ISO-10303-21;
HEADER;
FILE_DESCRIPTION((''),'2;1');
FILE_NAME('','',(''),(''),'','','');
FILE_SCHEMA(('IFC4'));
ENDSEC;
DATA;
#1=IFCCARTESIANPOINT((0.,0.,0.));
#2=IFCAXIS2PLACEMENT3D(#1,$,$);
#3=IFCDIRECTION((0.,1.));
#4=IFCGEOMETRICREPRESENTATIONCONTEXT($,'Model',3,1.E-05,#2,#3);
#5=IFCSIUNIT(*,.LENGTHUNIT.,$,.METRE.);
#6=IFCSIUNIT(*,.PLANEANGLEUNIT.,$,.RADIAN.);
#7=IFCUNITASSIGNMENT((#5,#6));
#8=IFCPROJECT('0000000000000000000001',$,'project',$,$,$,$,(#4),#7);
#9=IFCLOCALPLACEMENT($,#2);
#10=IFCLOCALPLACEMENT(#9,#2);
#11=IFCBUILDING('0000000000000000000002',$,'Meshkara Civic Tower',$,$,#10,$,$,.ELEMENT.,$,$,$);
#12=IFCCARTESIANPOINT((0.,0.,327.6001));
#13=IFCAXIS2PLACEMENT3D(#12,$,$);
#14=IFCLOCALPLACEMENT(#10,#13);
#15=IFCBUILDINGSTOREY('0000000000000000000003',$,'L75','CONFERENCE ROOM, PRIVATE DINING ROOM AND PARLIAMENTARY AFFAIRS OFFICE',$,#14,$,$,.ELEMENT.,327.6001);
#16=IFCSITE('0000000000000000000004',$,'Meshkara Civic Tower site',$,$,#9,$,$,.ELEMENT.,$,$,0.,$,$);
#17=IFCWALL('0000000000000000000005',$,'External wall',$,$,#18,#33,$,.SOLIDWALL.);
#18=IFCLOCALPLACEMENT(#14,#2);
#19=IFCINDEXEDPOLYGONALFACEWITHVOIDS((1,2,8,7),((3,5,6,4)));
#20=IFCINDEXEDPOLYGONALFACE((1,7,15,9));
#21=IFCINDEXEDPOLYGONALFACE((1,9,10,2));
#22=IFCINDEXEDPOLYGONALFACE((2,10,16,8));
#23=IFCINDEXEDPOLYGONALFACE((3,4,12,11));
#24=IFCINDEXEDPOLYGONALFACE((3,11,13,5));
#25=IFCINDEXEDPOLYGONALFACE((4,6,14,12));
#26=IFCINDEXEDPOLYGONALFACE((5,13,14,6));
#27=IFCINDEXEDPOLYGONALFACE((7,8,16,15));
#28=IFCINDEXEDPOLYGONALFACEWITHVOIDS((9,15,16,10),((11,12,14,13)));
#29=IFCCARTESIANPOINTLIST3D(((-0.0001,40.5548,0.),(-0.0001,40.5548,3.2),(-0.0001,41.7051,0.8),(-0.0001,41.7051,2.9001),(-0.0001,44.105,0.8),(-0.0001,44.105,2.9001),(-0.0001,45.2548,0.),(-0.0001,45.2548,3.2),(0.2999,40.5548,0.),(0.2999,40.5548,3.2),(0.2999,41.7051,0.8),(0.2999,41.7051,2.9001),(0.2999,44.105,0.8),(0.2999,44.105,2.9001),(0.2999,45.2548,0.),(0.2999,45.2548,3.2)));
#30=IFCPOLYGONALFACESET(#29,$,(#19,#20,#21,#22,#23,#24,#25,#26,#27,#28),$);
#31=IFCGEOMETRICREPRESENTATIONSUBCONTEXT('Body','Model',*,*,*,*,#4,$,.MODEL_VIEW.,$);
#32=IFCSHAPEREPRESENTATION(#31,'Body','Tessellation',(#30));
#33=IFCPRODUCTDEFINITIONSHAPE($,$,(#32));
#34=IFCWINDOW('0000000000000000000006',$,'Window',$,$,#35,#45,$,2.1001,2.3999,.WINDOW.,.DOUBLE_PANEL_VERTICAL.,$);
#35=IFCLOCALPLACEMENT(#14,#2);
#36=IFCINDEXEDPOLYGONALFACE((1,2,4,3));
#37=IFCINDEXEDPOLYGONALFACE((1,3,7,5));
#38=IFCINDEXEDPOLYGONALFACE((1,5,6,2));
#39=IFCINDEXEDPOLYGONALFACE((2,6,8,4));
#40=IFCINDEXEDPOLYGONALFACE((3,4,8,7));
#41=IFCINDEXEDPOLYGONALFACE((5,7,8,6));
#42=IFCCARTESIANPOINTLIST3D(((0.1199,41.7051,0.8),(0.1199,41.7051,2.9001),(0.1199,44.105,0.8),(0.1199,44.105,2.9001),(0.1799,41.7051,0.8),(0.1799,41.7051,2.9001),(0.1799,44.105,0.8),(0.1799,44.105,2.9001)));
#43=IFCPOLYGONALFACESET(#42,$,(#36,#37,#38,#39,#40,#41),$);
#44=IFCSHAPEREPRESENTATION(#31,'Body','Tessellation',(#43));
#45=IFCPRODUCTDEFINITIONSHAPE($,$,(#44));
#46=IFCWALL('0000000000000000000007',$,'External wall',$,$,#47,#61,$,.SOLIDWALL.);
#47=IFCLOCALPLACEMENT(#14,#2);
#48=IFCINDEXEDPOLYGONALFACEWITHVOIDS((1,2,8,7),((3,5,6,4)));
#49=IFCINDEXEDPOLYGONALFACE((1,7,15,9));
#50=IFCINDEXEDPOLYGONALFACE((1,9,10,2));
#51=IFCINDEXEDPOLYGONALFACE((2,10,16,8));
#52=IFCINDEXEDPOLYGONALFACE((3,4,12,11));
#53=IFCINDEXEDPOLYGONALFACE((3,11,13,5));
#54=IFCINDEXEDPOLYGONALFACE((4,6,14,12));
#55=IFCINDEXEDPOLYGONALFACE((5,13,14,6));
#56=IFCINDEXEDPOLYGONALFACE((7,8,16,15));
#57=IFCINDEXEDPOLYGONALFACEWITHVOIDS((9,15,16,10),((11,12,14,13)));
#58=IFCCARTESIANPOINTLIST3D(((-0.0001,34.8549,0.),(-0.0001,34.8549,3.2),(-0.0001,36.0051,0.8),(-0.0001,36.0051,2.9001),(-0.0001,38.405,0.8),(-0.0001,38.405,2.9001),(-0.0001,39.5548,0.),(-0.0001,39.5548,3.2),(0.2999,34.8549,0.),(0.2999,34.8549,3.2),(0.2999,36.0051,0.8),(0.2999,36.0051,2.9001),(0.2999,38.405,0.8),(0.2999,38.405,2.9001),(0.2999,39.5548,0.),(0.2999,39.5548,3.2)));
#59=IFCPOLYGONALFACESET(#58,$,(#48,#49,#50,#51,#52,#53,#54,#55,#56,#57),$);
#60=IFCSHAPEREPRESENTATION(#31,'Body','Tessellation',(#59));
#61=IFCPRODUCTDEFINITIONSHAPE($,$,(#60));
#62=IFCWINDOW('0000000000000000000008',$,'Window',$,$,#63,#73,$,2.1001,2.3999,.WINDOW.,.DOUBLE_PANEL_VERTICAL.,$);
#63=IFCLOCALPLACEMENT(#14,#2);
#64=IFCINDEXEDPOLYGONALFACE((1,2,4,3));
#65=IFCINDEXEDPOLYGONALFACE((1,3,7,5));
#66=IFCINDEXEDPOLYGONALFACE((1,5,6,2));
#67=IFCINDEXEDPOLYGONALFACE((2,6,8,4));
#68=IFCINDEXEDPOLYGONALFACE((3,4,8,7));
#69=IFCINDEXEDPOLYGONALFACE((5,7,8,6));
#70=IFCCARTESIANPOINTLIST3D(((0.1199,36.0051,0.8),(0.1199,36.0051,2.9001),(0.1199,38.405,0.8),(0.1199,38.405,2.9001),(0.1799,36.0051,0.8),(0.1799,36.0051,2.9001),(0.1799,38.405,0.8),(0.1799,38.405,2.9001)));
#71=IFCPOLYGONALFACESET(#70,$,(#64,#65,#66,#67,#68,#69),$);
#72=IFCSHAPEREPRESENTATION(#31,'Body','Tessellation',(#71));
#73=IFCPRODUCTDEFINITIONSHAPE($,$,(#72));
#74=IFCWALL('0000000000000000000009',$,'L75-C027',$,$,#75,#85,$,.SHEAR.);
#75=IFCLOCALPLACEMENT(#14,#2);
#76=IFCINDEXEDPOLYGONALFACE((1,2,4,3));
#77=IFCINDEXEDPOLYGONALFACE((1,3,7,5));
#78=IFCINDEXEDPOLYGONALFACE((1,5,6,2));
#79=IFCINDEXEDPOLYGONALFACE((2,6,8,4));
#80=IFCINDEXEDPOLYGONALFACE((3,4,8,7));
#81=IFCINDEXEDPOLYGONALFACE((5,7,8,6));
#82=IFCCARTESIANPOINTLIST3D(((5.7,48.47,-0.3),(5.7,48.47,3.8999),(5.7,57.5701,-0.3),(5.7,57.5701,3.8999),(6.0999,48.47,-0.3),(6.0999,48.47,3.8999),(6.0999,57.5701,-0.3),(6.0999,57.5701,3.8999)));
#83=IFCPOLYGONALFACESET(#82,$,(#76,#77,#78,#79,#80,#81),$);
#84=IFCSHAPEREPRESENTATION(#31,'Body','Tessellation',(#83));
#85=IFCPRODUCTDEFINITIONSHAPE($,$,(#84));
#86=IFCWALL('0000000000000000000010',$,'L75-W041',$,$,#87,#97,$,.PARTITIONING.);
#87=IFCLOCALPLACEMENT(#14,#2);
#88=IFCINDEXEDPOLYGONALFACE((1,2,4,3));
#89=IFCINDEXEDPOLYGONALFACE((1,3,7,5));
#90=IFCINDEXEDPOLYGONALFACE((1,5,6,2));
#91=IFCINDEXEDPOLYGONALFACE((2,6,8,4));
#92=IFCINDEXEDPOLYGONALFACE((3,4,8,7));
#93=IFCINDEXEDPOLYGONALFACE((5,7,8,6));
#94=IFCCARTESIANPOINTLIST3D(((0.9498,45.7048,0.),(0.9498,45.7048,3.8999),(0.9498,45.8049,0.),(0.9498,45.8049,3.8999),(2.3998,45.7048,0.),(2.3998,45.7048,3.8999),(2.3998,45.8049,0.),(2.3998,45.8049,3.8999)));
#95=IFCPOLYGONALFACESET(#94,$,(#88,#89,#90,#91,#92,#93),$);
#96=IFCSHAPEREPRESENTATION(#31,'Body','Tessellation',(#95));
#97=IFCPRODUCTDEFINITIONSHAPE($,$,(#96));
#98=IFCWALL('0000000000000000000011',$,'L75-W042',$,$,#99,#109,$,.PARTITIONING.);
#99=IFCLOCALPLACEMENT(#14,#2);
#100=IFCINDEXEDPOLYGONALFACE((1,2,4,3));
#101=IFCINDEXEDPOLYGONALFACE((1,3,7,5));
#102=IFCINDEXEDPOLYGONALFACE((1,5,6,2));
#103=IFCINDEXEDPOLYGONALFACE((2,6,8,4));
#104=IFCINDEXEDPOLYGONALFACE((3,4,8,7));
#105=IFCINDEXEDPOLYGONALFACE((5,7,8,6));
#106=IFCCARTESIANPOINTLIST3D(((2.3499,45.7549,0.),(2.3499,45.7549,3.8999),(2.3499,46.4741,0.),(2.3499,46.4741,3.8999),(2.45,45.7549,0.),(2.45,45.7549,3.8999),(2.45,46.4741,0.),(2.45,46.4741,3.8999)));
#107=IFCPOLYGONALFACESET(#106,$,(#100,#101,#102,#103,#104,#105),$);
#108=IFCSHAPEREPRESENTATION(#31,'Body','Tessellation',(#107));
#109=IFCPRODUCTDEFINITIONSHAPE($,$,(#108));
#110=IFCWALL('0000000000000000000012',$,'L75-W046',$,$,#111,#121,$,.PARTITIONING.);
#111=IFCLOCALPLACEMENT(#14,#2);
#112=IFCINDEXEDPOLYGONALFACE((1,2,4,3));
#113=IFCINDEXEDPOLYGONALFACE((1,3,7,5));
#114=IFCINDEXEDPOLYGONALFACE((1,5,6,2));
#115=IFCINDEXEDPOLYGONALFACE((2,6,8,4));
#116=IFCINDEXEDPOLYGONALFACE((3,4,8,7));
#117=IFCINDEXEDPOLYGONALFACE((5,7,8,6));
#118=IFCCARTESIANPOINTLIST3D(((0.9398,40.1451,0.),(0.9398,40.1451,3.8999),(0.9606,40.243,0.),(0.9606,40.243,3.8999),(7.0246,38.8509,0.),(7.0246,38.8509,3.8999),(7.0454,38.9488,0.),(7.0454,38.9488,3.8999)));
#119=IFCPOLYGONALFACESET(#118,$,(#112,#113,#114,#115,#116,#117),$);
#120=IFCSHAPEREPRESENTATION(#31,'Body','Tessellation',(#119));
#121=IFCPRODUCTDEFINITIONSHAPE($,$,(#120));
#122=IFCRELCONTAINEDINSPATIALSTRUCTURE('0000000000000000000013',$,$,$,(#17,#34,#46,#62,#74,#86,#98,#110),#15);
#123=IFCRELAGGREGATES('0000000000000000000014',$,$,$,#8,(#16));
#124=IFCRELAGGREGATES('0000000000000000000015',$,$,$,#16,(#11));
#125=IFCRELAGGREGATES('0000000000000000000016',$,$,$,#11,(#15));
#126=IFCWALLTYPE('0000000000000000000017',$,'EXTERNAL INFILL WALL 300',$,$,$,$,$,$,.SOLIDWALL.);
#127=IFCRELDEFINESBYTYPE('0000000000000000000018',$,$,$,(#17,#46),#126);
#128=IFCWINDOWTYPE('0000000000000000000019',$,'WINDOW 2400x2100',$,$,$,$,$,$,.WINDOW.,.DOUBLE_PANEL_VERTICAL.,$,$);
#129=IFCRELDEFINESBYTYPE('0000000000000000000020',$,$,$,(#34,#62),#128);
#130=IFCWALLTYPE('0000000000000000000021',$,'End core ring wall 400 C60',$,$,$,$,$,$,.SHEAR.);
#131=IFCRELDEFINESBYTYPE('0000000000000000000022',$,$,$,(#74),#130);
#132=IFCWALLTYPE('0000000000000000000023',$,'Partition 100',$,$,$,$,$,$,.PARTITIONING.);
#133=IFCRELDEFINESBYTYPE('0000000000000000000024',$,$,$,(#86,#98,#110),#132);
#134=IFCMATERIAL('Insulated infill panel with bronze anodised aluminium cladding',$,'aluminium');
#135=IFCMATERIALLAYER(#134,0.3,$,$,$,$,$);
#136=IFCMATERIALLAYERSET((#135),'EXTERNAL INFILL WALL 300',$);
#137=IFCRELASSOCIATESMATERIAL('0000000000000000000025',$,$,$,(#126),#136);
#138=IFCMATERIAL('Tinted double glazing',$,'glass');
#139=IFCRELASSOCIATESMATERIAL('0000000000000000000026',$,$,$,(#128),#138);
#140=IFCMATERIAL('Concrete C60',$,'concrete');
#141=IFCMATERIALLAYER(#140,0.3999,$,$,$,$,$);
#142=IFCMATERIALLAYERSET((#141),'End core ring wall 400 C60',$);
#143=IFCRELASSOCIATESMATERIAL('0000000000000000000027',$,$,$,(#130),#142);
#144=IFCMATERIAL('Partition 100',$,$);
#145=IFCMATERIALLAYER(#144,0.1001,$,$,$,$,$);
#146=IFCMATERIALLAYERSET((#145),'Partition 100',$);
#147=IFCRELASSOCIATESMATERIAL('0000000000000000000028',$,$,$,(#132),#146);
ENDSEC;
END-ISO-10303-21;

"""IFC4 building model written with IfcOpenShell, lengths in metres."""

from ifc_helpers import new_model, si_unit, direction, frame, frame_2d, origin, place, context, subcontext, project, spatial, rectangle, extrude, material, layer, layer_set, type_object, element, fill, save


model = new_model("IFC4")

# Units and contexts
model_context = context("Model", 3, precision=1e-05, world=origin(), true_north=direction((0.0, 1.0)))
body_context = subcontext(model_context, "Body", "Model", "MODEL_VIEW")
ifc_project = project(units=[si_unit("LENGTHUNIT", "METRE"), si_unit("PLANEANGLEUNIT", "RADIAN")], contexts=[model_context])

# Site, building, storey
site_placement = place(None, origin())
site = spatial("IfcSite", under=ifc_project, at=site_placement, Name="Meshkara Civic Tower site", CompositionType="ELEMENT", RefElevation=0.0)
building_placement = place(site_placement, origin())
building = spatial("IfcBuilding", under=site, at=building_placement, Name="Meshkara Civic Tower", CompositionType="ELEMENT")
storey_placement = place(building_placement, frame((0.0, 0.0, 327.6001)))
storey = spatial("IfcBuildingStorey", under=building, at=storey_placement, Name="L75", Description="CONFERENCE ROOM, PRIVATE DINING ROOM AND PARLIAMENTARY AFFAIRS OFFICE", CompositionType="ELEMENT", Elevation=327.6001)

# Walls, openings, windows
ifc_material_1 = material(Name="Insulated infill panel with bronze anodised aluminium cladding", Category="aluminium")
ifc_layer_1 = layer(ifc_material_1, 0.3)
ifc_layer_set_1 = layer_set([ifc_layer_1], Name="EXTERNAL INFILL WALL 300")
wall_type_1 = type_object("IfcWallType", Name="EXTERNAL INFILL WALL 300", PredefinedType="SOLIDWALL", material=ifc_layer_set_1)
wall_1_placement = place(storey_placement, frame((0.1499, 45.2549, 0.0), z_axis=(0.0, 0.0, 1.0), x_axis=(0.0, -1.0, 0.0)))
wall_1 = element("IfcWall", 1, at=wall_1_placement, inside=storey, type_object=wall_type_1, Name="External wall", PredefinedType="SOLIDWALL", context=body_context, shape_type="SweptSolid", body=[
    extrude(rectangle(XDim=4.7, YDim=0.3, at=frame_2d((2.3501, 0.0))), origin(), (0.0, 0.0, 1.0), 3.2),
])
opening_1_placement = place(wall_1_placement, frame((1.1499, 0.0, 0.8)))
opening_1 = element("IfcOpeningElement", 2, at=opening_1_placement, cuts=wall_1, PredefinedType="OPENING", context=body_context, shape_type="SweptSolid", body=[
    extrude(rectangle(XDim=2.3999, YDim=2.1001, at=frame_2d((1.2, 1.05))), frame((0.0, 0.1599, 0.0), z_axis=(0.0, -1.0, 0.0), x_axis=(1.0, 0.0, 0.0)), (0.0, 0.0, 1.0), 0.3201),
])
ifc_material_2 = material(Name="Tinted double glazing", Category="glass")
window_type = type_object("IfcWindowType", Name="WINDOW 2400x2100", PartitioningType="DOUBLE_PANEL_VERTICAL", PredefinedType="WINDOW", material=ifc_material_2)
window_1_placement = place(opening_1_placement, origin())
window_1 = element("IfcWindow", 3, at=window_1_placement, inside=storey, type_object=window_type, Name="Window", OverallHeight=2.1001, OverallWidth=2.3999, PartitioningType="DOUBLE_PANEL_VERTICAL", PredefinedType="WINDOW", context=body_context, shape_type="SweptSolid", body=[
    extrude(rectangle(XDim=2.3999, YDim=2.1001, at=frame_2d((1.2, 1.05))), frame((0.0, 0.03, 0.0), z_axis=(0.0, -1.0, 0.0), x_axis=(1.0, 0.0, 0.0)), (0.0, 0.0, 1.0), 0.0601),
])
fill(opening_1, window_1)
wall_2_placement = place(storey_placement, frame((0.1499, 39.5549, 0.0), z_axis=(0.0, 0.0, 1.0), x_axis=(0.0, -1.0, 0.0)))
wall_2 = element("IfcWall", 4, at=wall_2_placement, inside=storey, type_object=wall_type_1, Name="External wall", PredefinedType="SOLIDWALL", context=body_context, shape_type="SweptSolid", body=[
    extrude(rectangle(XDim=4.7, YDim=0.3, at=frame_2d((2.3501, 0.0))), origin(), (0.0, 0.0, 1.0), 3.2),
])
opening_2_placement = place(wall_2_placement, frame((1.1499, 0.0, 0.8)))
opening_2 = element("IfcOpeningElement", 5, at=opening_2_placement, cuts=wall_2, PredefinedType="OPENING", context=body_context, shape_type="SweptSolid", body=[
    extrude(rectangle(XDim=2.3999, YDim=2.1001, at=frame_2d((1.2, 1.05))), frame((0.0, 0.1599, 0.0), z_axis=(0.0, -1.0, 0.0), x_axis=(1.0, 0.0, 0.0)), (0.0, 0.0, 1.0), 0.3201),
])
window_2_placement = place(opening_2_placement, origin())
window_2 = element("IfcWindow", 6, at=window_2_placement, inside=storey, type_object=window_type, Name="Window", OverallHeight=2.1001, OverallWidth=2.3999, PartitioningType="DOUBLE_PANEL_VERTICAL", PredefinedType="WINDOW", context=body_context, shape_type="SweptSolid", body=[
    extrude(rectangle(XDim=2.3999, YDim=2.1001, at=frame_2d((1.2, 1.05))), frame((0.0, 0.03, 0.0), z_axis=(0.0, -1.0, 0.0), x_axis=(1.0, 0.0, 0.0)), (0.0, 0.0, 1.0), 0.0601),
])
fill(opening_2, window_2)

# Walls
ifc_material_3 = material(Name="Concrete C60", Category="concrete")
ifc_layer_2 = layer(ifc_material_3, 0.3999)
ifc_layer_set_2 = layer_set([ifc_layer_2], Name="End core ring wall 400 C60")
wall_type_2 = type_object("IfcWallType", Name="End core ring wall 400 C60", PredefinedType="SHEAR", material=ifc_layer_set_2)
wall_3_placement = place(storey_placement, frame((5.8999, 48.47, -0.3), z_axis=(0.0, 0.0, 1.0), x_axis=(0.0, 1.0, 0.0)))
element("IfcWall", 7, at=wall_3_placement, inside=storey, type_object=wall_type_2, Name="L75-C027", PredefinedType="SHEAR", context=body_context, shape_type="SweptSolid", body=[
    extrude(rectangle(XDim=9.1001, YDim=0.3999, at=frame_2d((4.55, 0.0))), origin(), (0.0, 0.0, 1.0), 4.2),
])
ifc_material_4 = material(Name="Partition 100")
ifc_layer_3 = layer(ifc_material_4, 0.1001)
ifc_layer_set_3 = layer_set([ifc_layer_3], Name="Partition 100")
wall_type_3 = type_object("IfcWallType", Name="Partition 100", PredefinedType="PARTITIONING", material=ifc_layer_set_3)
wall_4_placement = place(storey_placement, frame((2.3999, 45.7549, 0.0), z_axis=(0.0, 0.0, 1.0), x_axis=(-1.0, 0.0, 0.0)))
element("IfcWall", 8, at=wall_4_placement, inside=storey, type_object=wall_type_3, Name="L75-W041", PredefinedType="PARTITIONING", context=body_context, shape_type="SweptSolid", body=[
    extrude(rectangle(XDim=1.45, YDim=0.1001, at=frame_2d((0.7251, 0.0))), origin(), (0.0, 0.0, 1.0), 3.8999),
])
wall_5_placement = place(storey_placement, frame((2.3999, 46.4741, 0.0), z_axis=(0.0, 0.0, 1.0), x_axis=(0.0, -1.0, 0.0)))
element("IfcWall", 9, at=wall_5_placement, inside=storey, type_object=wall_type_3, Name="L75-W042", PredefinedType="PARTITIONING", context=body_context, shape_type="SweptSolid", body=[
    extrude(rectangle(XDim=0.7192, YDim=0.1001, at=frame_2d((0.3596, 0.0))), origin(), (0.0, 0.0, 1.0), 3.8999),
])
wall_6_placement = place(storey_placement, frame((7.0349, 38.8999, 0.0), z_axis=(0.0, 0.0, 1.0), x_axis=(-0.978122, 0.208033, 0.0)))
element("IfcWall", 10, at=wall_6_placement, inside=storey, type_object=wall_type_3, Name="L75-W046", PredefinedType="PARTITIONING", context=body_context, shape_type="SweptSolid", body=[
    extrude(rectangle(XDim=6.2209, YDim=0.1001, at=frame_2d((3.1104, 0.0))), origin(), (0.0, 0.0, 1.0), 3.8999),
])

save(model, "model.ifc")
